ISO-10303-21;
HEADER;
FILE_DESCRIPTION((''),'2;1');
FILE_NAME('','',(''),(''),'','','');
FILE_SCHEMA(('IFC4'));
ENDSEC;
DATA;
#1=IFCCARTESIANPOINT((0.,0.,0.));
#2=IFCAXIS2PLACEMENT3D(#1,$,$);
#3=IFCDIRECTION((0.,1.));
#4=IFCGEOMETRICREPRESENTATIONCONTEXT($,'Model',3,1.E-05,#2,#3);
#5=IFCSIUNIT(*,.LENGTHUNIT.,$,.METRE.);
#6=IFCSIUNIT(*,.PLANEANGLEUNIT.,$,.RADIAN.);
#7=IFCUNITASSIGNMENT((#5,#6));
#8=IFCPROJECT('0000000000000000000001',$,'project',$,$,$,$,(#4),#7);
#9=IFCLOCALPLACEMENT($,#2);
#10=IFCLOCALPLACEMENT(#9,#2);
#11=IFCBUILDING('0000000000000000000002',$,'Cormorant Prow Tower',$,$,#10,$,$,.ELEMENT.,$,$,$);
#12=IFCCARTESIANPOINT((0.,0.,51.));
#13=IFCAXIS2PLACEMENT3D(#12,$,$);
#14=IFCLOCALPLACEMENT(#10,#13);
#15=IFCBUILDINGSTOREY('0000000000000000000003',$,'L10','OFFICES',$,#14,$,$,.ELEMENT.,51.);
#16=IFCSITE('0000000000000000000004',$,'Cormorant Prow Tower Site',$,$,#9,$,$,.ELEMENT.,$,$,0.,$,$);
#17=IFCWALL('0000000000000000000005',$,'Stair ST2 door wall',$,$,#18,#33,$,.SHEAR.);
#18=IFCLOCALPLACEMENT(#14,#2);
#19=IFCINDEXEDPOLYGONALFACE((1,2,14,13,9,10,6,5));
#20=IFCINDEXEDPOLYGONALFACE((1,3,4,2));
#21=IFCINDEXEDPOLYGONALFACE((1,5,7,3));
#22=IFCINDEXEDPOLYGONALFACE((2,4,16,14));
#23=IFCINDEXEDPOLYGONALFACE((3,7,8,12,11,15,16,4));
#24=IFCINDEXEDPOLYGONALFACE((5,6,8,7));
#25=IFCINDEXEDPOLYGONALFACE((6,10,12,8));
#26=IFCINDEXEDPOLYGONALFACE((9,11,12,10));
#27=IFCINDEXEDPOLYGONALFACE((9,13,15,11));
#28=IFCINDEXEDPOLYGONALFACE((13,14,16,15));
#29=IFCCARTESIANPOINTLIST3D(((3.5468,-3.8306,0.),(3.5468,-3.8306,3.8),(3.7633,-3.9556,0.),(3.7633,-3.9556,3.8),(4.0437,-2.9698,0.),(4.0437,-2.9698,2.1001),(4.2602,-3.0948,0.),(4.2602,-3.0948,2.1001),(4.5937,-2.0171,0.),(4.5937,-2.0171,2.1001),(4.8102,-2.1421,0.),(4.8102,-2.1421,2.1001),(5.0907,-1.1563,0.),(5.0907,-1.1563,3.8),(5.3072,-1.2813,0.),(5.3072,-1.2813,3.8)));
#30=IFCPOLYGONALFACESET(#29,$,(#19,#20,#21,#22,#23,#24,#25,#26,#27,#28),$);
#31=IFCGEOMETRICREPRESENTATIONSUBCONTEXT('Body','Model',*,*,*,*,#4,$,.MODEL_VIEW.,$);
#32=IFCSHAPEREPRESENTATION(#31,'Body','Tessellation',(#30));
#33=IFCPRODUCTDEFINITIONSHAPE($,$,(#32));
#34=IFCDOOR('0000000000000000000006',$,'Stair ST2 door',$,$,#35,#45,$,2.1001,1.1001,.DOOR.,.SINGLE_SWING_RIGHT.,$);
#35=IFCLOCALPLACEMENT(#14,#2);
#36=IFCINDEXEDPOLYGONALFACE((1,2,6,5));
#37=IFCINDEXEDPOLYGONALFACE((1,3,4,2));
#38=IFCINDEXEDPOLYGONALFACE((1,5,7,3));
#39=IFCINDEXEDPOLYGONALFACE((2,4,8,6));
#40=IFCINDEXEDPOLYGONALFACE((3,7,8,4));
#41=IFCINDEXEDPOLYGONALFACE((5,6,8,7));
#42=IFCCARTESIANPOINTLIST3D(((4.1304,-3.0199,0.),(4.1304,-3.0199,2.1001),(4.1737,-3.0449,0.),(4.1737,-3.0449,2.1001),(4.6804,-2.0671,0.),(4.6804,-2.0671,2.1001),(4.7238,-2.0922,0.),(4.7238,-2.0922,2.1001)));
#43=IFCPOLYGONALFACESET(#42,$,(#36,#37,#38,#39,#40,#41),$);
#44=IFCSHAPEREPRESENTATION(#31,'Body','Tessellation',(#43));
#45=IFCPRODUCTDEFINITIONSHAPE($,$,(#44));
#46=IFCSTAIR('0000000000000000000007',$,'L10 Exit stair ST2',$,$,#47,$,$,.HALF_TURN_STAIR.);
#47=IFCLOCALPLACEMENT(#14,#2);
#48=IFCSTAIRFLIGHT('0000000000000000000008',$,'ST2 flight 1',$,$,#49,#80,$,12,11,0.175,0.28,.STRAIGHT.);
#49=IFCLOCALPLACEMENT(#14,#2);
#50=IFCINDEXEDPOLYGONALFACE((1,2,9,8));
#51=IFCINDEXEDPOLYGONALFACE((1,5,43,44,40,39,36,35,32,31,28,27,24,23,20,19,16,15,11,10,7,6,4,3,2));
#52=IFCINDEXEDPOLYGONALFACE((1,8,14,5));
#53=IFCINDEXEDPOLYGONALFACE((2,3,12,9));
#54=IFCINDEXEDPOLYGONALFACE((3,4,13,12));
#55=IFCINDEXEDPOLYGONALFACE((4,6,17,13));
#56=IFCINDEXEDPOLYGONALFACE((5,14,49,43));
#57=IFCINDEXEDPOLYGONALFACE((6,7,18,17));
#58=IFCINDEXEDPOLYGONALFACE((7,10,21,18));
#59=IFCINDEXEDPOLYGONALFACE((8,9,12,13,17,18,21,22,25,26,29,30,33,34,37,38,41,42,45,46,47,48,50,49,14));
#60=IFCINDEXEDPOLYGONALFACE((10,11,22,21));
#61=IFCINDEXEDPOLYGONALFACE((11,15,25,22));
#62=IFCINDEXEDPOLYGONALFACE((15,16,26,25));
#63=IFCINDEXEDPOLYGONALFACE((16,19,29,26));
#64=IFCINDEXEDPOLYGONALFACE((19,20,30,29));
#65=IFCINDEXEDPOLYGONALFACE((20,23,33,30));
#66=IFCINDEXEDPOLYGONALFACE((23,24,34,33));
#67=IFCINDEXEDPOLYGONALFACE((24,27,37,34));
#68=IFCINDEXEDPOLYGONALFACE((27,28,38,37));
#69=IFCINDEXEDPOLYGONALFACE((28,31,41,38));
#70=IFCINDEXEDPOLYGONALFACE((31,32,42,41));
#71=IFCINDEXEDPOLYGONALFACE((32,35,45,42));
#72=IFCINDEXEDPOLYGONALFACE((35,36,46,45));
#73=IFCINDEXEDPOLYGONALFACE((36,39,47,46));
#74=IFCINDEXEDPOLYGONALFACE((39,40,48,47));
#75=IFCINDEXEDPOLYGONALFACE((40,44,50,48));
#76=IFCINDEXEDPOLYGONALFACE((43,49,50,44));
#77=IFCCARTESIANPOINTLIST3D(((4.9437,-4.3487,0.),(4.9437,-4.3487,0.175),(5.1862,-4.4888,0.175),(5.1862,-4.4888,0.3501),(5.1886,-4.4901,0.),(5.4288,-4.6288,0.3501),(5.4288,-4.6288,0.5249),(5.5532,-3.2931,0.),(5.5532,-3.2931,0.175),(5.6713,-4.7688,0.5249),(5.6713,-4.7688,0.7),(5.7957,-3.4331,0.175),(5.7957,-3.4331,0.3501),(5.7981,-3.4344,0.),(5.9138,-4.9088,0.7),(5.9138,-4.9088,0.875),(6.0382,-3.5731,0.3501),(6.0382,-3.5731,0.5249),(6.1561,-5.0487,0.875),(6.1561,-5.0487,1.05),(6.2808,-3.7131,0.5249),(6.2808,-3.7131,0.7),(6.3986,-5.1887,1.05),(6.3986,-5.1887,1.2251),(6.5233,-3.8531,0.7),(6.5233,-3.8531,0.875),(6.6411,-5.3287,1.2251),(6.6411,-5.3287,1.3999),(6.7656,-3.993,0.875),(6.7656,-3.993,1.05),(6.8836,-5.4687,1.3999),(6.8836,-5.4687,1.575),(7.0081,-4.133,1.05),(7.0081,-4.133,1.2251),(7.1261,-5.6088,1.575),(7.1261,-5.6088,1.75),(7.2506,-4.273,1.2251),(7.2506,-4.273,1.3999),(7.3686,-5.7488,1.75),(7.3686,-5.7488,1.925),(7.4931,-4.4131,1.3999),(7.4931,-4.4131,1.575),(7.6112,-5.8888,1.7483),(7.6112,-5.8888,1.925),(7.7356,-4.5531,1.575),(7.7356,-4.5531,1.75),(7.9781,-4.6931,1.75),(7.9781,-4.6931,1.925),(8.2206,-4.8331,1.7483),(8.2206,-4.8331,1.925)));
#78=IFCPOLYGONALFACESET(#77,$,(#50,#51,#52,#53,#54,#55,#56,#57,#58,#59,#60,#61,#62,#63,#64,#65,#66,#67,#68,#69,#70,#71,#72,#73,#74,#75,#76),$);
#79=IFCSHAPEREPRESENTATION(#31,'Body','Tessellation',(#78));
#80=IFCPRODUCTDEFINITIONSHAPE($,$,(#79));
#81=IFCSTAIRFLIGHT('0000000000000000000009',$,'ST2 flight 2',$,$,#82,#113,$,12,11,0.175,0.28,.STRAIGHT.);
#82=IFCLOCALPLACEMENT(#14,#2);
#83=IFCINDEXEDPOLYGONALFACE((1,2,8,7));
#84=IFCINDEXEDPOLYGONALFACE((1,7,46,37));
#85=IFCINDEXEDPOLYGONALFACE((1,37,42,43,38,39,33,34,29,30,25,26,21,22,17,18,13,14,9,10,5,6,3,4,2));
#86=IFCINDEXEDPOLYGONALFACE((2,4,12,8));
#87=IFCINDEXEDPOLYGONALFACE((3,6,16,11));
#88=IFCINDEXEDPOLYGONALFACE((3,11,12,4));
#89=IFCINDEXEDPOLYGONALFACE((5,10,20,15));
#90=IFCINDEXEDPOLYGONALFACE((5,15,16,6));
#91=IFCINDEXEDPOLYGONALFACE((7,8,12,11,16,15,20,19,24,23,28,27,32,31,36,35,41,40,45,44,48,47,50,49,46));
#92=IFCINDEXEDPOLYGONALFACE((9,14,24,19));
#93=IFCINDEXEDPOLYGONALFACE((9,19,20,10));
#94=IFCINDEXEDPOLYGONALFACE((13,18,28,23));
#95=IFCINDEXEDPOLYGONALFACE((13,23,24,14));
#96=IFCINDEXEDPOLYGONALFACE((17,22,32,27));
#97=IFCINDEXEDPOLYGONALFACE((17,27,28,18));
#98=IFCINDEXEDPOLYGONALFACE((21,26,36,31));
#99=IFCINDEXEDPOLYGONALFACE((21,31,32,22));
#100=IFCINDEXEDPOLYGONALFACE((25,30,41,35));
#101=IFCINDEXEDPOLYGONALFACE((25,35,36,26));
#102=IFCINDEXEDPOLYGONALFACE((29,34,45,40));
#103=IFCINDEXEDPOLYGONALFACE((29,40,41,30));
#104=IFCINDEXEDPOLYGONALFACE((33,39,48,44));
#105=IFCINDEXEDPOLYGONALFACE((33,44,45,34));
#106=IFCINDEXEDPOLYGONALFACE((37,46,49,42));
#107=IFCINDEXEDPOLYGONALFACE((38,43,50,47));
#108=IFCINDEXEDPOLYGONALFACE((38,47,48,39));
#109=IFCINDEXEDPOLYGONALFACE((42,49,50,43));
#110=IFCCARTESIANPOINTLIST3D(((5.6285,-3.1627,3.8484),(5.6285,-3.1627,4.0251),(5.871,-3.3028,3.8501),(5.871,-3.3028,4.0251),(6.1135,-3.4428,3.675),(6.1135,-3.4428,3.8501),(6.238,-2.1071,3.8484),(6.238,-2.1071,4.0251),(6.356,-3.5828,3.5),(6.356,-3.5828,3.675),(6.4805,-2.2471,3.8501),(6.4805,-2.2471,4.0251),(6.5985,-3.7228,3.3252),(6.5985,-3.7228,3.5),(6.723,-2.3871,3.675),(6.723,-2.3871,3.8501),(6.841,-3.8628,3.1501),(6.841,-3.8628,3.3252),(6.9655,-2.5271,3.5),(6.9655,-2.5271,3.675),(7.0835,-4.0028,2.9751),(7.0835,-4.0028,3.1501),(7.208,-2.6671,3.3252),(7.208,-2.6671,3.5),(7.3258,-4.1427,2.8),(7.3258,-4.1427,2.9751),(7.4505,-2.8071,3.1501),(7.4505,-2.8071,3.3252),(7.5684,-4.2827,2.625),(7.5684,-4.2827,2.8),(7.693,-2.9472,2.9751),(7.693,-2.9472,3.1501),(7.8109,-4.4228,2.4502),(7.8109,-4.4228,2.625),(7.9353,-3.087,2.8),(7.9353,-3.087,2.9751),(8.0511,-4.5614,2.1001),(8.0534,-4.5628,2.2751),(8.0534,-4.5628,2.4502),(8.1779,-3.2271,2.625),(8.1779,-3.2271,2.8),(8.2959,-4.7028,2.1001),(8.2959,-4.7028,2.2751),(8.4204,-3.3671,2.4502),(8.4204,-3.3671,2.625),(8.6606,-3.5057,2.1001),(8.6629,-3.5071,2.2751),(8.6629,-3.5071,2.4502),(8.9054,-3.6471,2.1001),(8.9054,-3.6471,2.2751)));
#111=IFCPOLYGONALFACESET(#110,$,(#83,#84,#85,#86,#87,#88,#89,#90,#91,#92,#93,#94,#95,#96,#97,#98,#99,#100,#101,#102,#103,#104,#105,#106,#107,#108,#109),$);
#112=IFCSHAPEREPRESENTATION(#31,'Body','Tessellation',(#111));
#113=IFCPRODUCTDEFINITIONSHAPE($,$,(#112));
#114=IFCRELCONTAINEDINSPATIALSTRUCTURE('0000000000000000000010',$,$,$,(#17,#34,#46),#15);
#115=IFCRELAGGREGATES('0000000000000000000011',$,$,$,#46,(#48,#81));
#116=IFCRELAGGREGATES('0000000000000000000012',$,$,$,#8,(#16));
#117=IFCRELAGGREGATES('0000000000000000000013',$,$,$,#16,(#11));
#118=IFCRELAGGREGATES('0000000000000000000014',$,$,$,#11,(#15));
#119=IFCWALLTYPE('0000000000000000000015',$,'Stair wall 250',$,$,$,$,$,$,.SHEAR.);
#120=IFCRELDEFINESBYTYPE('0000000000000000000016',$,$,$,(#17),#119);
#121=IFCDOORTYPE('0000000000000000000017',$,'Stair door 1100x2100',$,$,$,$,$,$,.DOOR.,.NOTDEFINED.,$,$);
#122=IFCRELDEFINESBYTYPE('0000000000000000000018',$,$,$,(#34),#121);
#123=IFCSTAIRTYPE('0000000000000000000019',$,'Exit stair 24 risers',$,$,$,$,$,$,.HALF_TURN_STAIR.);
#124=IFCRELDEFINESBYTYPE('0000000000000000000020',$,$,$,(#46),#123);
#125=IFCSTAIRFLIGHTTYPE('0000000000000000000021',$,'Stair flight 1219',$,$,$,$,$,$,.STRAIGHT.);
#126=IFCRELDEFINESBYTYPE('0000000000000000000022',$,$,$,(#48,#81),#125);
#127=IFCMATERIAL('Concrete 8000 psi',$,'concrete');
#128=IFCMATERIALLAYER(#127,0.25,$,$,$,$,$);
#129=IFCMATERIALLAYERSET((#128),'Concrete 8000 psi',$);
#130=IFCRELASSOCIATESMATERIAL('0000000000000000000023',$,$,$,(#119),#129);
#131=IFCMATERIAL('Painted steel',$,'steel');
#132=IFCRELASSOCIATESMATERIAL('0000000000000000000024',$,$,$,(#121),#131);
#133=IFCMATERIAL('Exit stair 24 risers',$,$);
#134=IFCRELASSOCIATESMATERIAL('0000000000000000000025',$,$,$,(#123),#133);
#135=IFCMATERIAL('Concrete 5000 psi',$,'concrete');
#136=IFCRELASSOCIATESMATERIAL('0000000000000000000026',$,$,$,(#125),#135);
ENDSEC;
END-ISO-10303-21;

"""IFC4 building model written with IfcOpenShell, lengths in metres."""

from ifc_helpers import new_model, si_unit, direction, frame, frame_2d, origin, place, context, subcontext, project, spatial, polyline, rectangle, outline, extrude, material, layer, layer_set, type_object, element, fill, aggregate, save


model = new_model("IFC4")

# Units and contexts
model_context = context("Model", 3, precision=1e-05, world=origin(), true_north=direction((0.0, 1.0)))
body_context = subcontext(model_context, "Body", "Model", "MODEL_VIEW")
ifc_project = project(units=[si_unit("LENGTHUNIT", "METRE"), si_unit("PLANEANGLEUNIT", "RADIAN")], contexts=[model_context])

# Site, building, storey
site_placement = place(None, origin())
site = spatial("IfcSite", under=ifc_project, at=site_placement, Name="Cormorant Prow Tower Site", CompositionType="ELEMENT", RefElevation=0.0)
building_placement = place(site_placement, origin())
building = spatial("IfcBuilding", under=site, at=building_placement, Name="Cormorant Prow Tower", CompositionType="ELEMENT")
storey_placement = place(building_placement, frame((0.0, 0.0, 51.0)))
storey = spatial("IfcBuildingStorey", under=building, at=storey_placement, Name="L10", Description="OFFICES", CompositionType="ELEMENT", Elevation=51.0)

# Wall, opening, door
ifc_material_1 = material(Name="Concrete 8000 psi", Category="concrete")
ifc_layer_1 = layer(ifc_material_1, 0.25)
ifc_layer_set_1 = layer_set([ifc_layer_1], Name="Concrete 8000 psi")
wall_type_1 = type_object("IfcWallType", Name="Stair wall 250", PredefinedType="SHEAR", material=ifc_layer_set_1)
wall_1_placement = place(storey_placement, frame((3.655, -3.8931, 0.0), z_axis=(0.0, 0.0, 1.0), x_axis=(0.499983, 0.866035, 0.0)))
wall_1 = element("IfcWall", 1, at=wall_1_placement, inside=storey, type_object=wall_type_1, Name="Stair ST2 door wall", PredefinedType="SHEAR", context=body_context, shape_type="SweptSolid", body=[
    extrude(rectangle(XDim=3.0879, YDim=0.25, at=frame_2d((1.5439, 0.0))), origin(), (0.0, 0.0, 1.0), 3.8),
])
opening_1_placement = place(wall_1_placement, frame((0.9939, 0.0, 0.0)))
opening_1 = element("IfcOpeningElement", 2, at=opening_1_placement, cuts=wall_1, PredefinedType="OPENING", context=body_context, shape_type="SweptSolid", body=[
    extrude(rectangle(XDim=1.1001, YDim=2.1001, at=frame_2d((0.55, 1.05))), frame((0.0, 0.135, 0.0), z_axis=(0.0, -1.0, 0.0), x_axis=(1.0, 0.0, 0.0)), (0.0, 0.0, 1.0), 0.27),
])
ifc_material_2 = material(Name="Painted steel", Category="steel")
door_type_1 = type_object("IfcDoorType", Name="Stair door 1100x2100", OperationType="NOTDEFINED", PredefinedType="DOOR", material=ifc_material_2)
door_1_placement = place(opening_1_placement, origin())
door_1 = element("IfcDoor", 3, at=door_1_placement, inside=storey, type_object=door_type_1, Name="Stair ST2 door", OperationType="SINGLE_SWING_RIGHT", OverallHeight=2.1001, OverallWidth=1.1001, PredefinedType="DOOR", context=body_context, shape_type="SweptSolid", body=[
    extrude(rectangle(XDim=1.1001, YDim=2.1001, at=frame_2d((0.55, 1.05))), frame((0.0, 0.0249, 0.0), z_axis=(0.0, -1.0, 0.0), x_axis=(1.0, 0.0, 0.0)), (0.0, 0.0, 1.0), 0.05),
])
fill(opening_1, door_1)

# Stair, stair flights
ifc_material_3 = material(Name="Exit stair 24 risers")
stair_type = type_object("IfcStairType", Name="Exit stair 24 risers", PredefinedType="HALF_TURN_STAIR", material=ifc_material_3)
stair_placement = place(storey_placement, origin())
stair = element("IfcStair", 4, at=stair_placement, inside=storey, type_object=stair_type, Name="L10 Exit stair ST2", PredefinedType="HALF_TURN_STAIR")
ifc_material_4 = material(Name="Concrete 5000 psi", Category="concrete")
stair_flight_type = type_object("IfcStairFlightType", Name="Stair flight 1219", PredefinedType="STRAIGHT", material=ifc_material_4)
stair_flight_1_placement = place(storey_placement, frame((5.2485, -3.8208, 0.0), z_axis=(0.0, 0.0, 1.0), x_axis=(0.866025, -0.5, 0.0)))
stair_flight_1 = element("IfcStairFlight", 5, at=stair_flight_1_placement, type_object=stair_flight_type, Name="ST2 flight 1", NumberOfRisers=12, NumberOfTreads=11, PredefinedType="STRAIGHT", RiserHeight=0.175, TreadLength=0.28, context=body_context, shape_type="SweptSolid", body=[
    extrude(outline(polyline([(0.0, 0.0), (0.0, 0.175), (0.28, 0.175), (0.28, 0.3501), (0.5601, 0.3501), (0.5601, 0.5249), (0.8401, 0.5249), (0.8401, 0.7), (1.1201, 0.7), (1.1201, 0.875), (1.3999, 0.875), (1.3999, 1.05), (1.6799, 1.05), (1.6799, 1.2251), (1.96, 1.2251), (1.96, 1.3999), (2.24, 1.3999), (2.24, 1.575), (2.52, 1.575), (2.52, 1.75), (2.8, 1.75), (2.8, 1.925), (3.0801, 1.925), (3.0801, 2.1001), (3.0801, 1.7483), (0.2827, 0.0), (0.0, 0.0)])), frame((0.0, 0.6094, 0.0), z_axis=(0.0, -1.0, 0.0), x_axis=(1.0, 0.0, 0.0)), (0.0, 0.0, 1.0), 1.219),
])
stair_flight_2_placement = place(storey_placement, frame((8.6006, -4.175, 2.1001), z_axis=(0.0, 0.0, 1.0), x_axis=(-0.866025, 0.5, 0.0)))
stair_flight_2 = element("IfcStairFlight", 6, at=stair_flight_2_placement, type_object=stair_flight_type, Name="ST2 flight 2", NumberOfRisers=12, NumberOfTreads=11, PredefinedType="STRAIGHT", RiserHeight=0.175, TreadLength=0.28, context=body_context, shape_type="SweptSolid", body=[
    extrude(outline(polyline([(0.0, 0.0), (0.0, 0.175), (0.28, 0.175), (0.28, 0.3501), (0.5601, 0.3501), (0.5601, 0.5249), (0.8401, 0.5249), (0.8401, 0.7), (1.1201, 0.7), (1.1201, 0.875), (1.3999, 0.875), (1.3999, 1.05), (1.6799, 1.05), (1.6799, 1.2251), (1.96, 1.2251), (1.96, 1.3999), (2.24, 1.3999), (2.24, 1.575), (2.52, 1.575), (2.52, 1.75), (2.8, 1.75), (2.8, 1.925), (3.0801, 1.925), (3.0801, 2.1001), (3.0801, 1.7483), (0.2827, 0.0), (0.0, 0.0)])), frame((0.0, 0.6094, 0.0), z_axis=(0.0, -1.0, 0.0), x_axis=(1.0, 0.0, 0.0)), (0.0, 0.0, 1.0), 1.219),
])
aggregate(stair, [stair_flight_1, stair_flight_2])

save(model, "model.ifc")
